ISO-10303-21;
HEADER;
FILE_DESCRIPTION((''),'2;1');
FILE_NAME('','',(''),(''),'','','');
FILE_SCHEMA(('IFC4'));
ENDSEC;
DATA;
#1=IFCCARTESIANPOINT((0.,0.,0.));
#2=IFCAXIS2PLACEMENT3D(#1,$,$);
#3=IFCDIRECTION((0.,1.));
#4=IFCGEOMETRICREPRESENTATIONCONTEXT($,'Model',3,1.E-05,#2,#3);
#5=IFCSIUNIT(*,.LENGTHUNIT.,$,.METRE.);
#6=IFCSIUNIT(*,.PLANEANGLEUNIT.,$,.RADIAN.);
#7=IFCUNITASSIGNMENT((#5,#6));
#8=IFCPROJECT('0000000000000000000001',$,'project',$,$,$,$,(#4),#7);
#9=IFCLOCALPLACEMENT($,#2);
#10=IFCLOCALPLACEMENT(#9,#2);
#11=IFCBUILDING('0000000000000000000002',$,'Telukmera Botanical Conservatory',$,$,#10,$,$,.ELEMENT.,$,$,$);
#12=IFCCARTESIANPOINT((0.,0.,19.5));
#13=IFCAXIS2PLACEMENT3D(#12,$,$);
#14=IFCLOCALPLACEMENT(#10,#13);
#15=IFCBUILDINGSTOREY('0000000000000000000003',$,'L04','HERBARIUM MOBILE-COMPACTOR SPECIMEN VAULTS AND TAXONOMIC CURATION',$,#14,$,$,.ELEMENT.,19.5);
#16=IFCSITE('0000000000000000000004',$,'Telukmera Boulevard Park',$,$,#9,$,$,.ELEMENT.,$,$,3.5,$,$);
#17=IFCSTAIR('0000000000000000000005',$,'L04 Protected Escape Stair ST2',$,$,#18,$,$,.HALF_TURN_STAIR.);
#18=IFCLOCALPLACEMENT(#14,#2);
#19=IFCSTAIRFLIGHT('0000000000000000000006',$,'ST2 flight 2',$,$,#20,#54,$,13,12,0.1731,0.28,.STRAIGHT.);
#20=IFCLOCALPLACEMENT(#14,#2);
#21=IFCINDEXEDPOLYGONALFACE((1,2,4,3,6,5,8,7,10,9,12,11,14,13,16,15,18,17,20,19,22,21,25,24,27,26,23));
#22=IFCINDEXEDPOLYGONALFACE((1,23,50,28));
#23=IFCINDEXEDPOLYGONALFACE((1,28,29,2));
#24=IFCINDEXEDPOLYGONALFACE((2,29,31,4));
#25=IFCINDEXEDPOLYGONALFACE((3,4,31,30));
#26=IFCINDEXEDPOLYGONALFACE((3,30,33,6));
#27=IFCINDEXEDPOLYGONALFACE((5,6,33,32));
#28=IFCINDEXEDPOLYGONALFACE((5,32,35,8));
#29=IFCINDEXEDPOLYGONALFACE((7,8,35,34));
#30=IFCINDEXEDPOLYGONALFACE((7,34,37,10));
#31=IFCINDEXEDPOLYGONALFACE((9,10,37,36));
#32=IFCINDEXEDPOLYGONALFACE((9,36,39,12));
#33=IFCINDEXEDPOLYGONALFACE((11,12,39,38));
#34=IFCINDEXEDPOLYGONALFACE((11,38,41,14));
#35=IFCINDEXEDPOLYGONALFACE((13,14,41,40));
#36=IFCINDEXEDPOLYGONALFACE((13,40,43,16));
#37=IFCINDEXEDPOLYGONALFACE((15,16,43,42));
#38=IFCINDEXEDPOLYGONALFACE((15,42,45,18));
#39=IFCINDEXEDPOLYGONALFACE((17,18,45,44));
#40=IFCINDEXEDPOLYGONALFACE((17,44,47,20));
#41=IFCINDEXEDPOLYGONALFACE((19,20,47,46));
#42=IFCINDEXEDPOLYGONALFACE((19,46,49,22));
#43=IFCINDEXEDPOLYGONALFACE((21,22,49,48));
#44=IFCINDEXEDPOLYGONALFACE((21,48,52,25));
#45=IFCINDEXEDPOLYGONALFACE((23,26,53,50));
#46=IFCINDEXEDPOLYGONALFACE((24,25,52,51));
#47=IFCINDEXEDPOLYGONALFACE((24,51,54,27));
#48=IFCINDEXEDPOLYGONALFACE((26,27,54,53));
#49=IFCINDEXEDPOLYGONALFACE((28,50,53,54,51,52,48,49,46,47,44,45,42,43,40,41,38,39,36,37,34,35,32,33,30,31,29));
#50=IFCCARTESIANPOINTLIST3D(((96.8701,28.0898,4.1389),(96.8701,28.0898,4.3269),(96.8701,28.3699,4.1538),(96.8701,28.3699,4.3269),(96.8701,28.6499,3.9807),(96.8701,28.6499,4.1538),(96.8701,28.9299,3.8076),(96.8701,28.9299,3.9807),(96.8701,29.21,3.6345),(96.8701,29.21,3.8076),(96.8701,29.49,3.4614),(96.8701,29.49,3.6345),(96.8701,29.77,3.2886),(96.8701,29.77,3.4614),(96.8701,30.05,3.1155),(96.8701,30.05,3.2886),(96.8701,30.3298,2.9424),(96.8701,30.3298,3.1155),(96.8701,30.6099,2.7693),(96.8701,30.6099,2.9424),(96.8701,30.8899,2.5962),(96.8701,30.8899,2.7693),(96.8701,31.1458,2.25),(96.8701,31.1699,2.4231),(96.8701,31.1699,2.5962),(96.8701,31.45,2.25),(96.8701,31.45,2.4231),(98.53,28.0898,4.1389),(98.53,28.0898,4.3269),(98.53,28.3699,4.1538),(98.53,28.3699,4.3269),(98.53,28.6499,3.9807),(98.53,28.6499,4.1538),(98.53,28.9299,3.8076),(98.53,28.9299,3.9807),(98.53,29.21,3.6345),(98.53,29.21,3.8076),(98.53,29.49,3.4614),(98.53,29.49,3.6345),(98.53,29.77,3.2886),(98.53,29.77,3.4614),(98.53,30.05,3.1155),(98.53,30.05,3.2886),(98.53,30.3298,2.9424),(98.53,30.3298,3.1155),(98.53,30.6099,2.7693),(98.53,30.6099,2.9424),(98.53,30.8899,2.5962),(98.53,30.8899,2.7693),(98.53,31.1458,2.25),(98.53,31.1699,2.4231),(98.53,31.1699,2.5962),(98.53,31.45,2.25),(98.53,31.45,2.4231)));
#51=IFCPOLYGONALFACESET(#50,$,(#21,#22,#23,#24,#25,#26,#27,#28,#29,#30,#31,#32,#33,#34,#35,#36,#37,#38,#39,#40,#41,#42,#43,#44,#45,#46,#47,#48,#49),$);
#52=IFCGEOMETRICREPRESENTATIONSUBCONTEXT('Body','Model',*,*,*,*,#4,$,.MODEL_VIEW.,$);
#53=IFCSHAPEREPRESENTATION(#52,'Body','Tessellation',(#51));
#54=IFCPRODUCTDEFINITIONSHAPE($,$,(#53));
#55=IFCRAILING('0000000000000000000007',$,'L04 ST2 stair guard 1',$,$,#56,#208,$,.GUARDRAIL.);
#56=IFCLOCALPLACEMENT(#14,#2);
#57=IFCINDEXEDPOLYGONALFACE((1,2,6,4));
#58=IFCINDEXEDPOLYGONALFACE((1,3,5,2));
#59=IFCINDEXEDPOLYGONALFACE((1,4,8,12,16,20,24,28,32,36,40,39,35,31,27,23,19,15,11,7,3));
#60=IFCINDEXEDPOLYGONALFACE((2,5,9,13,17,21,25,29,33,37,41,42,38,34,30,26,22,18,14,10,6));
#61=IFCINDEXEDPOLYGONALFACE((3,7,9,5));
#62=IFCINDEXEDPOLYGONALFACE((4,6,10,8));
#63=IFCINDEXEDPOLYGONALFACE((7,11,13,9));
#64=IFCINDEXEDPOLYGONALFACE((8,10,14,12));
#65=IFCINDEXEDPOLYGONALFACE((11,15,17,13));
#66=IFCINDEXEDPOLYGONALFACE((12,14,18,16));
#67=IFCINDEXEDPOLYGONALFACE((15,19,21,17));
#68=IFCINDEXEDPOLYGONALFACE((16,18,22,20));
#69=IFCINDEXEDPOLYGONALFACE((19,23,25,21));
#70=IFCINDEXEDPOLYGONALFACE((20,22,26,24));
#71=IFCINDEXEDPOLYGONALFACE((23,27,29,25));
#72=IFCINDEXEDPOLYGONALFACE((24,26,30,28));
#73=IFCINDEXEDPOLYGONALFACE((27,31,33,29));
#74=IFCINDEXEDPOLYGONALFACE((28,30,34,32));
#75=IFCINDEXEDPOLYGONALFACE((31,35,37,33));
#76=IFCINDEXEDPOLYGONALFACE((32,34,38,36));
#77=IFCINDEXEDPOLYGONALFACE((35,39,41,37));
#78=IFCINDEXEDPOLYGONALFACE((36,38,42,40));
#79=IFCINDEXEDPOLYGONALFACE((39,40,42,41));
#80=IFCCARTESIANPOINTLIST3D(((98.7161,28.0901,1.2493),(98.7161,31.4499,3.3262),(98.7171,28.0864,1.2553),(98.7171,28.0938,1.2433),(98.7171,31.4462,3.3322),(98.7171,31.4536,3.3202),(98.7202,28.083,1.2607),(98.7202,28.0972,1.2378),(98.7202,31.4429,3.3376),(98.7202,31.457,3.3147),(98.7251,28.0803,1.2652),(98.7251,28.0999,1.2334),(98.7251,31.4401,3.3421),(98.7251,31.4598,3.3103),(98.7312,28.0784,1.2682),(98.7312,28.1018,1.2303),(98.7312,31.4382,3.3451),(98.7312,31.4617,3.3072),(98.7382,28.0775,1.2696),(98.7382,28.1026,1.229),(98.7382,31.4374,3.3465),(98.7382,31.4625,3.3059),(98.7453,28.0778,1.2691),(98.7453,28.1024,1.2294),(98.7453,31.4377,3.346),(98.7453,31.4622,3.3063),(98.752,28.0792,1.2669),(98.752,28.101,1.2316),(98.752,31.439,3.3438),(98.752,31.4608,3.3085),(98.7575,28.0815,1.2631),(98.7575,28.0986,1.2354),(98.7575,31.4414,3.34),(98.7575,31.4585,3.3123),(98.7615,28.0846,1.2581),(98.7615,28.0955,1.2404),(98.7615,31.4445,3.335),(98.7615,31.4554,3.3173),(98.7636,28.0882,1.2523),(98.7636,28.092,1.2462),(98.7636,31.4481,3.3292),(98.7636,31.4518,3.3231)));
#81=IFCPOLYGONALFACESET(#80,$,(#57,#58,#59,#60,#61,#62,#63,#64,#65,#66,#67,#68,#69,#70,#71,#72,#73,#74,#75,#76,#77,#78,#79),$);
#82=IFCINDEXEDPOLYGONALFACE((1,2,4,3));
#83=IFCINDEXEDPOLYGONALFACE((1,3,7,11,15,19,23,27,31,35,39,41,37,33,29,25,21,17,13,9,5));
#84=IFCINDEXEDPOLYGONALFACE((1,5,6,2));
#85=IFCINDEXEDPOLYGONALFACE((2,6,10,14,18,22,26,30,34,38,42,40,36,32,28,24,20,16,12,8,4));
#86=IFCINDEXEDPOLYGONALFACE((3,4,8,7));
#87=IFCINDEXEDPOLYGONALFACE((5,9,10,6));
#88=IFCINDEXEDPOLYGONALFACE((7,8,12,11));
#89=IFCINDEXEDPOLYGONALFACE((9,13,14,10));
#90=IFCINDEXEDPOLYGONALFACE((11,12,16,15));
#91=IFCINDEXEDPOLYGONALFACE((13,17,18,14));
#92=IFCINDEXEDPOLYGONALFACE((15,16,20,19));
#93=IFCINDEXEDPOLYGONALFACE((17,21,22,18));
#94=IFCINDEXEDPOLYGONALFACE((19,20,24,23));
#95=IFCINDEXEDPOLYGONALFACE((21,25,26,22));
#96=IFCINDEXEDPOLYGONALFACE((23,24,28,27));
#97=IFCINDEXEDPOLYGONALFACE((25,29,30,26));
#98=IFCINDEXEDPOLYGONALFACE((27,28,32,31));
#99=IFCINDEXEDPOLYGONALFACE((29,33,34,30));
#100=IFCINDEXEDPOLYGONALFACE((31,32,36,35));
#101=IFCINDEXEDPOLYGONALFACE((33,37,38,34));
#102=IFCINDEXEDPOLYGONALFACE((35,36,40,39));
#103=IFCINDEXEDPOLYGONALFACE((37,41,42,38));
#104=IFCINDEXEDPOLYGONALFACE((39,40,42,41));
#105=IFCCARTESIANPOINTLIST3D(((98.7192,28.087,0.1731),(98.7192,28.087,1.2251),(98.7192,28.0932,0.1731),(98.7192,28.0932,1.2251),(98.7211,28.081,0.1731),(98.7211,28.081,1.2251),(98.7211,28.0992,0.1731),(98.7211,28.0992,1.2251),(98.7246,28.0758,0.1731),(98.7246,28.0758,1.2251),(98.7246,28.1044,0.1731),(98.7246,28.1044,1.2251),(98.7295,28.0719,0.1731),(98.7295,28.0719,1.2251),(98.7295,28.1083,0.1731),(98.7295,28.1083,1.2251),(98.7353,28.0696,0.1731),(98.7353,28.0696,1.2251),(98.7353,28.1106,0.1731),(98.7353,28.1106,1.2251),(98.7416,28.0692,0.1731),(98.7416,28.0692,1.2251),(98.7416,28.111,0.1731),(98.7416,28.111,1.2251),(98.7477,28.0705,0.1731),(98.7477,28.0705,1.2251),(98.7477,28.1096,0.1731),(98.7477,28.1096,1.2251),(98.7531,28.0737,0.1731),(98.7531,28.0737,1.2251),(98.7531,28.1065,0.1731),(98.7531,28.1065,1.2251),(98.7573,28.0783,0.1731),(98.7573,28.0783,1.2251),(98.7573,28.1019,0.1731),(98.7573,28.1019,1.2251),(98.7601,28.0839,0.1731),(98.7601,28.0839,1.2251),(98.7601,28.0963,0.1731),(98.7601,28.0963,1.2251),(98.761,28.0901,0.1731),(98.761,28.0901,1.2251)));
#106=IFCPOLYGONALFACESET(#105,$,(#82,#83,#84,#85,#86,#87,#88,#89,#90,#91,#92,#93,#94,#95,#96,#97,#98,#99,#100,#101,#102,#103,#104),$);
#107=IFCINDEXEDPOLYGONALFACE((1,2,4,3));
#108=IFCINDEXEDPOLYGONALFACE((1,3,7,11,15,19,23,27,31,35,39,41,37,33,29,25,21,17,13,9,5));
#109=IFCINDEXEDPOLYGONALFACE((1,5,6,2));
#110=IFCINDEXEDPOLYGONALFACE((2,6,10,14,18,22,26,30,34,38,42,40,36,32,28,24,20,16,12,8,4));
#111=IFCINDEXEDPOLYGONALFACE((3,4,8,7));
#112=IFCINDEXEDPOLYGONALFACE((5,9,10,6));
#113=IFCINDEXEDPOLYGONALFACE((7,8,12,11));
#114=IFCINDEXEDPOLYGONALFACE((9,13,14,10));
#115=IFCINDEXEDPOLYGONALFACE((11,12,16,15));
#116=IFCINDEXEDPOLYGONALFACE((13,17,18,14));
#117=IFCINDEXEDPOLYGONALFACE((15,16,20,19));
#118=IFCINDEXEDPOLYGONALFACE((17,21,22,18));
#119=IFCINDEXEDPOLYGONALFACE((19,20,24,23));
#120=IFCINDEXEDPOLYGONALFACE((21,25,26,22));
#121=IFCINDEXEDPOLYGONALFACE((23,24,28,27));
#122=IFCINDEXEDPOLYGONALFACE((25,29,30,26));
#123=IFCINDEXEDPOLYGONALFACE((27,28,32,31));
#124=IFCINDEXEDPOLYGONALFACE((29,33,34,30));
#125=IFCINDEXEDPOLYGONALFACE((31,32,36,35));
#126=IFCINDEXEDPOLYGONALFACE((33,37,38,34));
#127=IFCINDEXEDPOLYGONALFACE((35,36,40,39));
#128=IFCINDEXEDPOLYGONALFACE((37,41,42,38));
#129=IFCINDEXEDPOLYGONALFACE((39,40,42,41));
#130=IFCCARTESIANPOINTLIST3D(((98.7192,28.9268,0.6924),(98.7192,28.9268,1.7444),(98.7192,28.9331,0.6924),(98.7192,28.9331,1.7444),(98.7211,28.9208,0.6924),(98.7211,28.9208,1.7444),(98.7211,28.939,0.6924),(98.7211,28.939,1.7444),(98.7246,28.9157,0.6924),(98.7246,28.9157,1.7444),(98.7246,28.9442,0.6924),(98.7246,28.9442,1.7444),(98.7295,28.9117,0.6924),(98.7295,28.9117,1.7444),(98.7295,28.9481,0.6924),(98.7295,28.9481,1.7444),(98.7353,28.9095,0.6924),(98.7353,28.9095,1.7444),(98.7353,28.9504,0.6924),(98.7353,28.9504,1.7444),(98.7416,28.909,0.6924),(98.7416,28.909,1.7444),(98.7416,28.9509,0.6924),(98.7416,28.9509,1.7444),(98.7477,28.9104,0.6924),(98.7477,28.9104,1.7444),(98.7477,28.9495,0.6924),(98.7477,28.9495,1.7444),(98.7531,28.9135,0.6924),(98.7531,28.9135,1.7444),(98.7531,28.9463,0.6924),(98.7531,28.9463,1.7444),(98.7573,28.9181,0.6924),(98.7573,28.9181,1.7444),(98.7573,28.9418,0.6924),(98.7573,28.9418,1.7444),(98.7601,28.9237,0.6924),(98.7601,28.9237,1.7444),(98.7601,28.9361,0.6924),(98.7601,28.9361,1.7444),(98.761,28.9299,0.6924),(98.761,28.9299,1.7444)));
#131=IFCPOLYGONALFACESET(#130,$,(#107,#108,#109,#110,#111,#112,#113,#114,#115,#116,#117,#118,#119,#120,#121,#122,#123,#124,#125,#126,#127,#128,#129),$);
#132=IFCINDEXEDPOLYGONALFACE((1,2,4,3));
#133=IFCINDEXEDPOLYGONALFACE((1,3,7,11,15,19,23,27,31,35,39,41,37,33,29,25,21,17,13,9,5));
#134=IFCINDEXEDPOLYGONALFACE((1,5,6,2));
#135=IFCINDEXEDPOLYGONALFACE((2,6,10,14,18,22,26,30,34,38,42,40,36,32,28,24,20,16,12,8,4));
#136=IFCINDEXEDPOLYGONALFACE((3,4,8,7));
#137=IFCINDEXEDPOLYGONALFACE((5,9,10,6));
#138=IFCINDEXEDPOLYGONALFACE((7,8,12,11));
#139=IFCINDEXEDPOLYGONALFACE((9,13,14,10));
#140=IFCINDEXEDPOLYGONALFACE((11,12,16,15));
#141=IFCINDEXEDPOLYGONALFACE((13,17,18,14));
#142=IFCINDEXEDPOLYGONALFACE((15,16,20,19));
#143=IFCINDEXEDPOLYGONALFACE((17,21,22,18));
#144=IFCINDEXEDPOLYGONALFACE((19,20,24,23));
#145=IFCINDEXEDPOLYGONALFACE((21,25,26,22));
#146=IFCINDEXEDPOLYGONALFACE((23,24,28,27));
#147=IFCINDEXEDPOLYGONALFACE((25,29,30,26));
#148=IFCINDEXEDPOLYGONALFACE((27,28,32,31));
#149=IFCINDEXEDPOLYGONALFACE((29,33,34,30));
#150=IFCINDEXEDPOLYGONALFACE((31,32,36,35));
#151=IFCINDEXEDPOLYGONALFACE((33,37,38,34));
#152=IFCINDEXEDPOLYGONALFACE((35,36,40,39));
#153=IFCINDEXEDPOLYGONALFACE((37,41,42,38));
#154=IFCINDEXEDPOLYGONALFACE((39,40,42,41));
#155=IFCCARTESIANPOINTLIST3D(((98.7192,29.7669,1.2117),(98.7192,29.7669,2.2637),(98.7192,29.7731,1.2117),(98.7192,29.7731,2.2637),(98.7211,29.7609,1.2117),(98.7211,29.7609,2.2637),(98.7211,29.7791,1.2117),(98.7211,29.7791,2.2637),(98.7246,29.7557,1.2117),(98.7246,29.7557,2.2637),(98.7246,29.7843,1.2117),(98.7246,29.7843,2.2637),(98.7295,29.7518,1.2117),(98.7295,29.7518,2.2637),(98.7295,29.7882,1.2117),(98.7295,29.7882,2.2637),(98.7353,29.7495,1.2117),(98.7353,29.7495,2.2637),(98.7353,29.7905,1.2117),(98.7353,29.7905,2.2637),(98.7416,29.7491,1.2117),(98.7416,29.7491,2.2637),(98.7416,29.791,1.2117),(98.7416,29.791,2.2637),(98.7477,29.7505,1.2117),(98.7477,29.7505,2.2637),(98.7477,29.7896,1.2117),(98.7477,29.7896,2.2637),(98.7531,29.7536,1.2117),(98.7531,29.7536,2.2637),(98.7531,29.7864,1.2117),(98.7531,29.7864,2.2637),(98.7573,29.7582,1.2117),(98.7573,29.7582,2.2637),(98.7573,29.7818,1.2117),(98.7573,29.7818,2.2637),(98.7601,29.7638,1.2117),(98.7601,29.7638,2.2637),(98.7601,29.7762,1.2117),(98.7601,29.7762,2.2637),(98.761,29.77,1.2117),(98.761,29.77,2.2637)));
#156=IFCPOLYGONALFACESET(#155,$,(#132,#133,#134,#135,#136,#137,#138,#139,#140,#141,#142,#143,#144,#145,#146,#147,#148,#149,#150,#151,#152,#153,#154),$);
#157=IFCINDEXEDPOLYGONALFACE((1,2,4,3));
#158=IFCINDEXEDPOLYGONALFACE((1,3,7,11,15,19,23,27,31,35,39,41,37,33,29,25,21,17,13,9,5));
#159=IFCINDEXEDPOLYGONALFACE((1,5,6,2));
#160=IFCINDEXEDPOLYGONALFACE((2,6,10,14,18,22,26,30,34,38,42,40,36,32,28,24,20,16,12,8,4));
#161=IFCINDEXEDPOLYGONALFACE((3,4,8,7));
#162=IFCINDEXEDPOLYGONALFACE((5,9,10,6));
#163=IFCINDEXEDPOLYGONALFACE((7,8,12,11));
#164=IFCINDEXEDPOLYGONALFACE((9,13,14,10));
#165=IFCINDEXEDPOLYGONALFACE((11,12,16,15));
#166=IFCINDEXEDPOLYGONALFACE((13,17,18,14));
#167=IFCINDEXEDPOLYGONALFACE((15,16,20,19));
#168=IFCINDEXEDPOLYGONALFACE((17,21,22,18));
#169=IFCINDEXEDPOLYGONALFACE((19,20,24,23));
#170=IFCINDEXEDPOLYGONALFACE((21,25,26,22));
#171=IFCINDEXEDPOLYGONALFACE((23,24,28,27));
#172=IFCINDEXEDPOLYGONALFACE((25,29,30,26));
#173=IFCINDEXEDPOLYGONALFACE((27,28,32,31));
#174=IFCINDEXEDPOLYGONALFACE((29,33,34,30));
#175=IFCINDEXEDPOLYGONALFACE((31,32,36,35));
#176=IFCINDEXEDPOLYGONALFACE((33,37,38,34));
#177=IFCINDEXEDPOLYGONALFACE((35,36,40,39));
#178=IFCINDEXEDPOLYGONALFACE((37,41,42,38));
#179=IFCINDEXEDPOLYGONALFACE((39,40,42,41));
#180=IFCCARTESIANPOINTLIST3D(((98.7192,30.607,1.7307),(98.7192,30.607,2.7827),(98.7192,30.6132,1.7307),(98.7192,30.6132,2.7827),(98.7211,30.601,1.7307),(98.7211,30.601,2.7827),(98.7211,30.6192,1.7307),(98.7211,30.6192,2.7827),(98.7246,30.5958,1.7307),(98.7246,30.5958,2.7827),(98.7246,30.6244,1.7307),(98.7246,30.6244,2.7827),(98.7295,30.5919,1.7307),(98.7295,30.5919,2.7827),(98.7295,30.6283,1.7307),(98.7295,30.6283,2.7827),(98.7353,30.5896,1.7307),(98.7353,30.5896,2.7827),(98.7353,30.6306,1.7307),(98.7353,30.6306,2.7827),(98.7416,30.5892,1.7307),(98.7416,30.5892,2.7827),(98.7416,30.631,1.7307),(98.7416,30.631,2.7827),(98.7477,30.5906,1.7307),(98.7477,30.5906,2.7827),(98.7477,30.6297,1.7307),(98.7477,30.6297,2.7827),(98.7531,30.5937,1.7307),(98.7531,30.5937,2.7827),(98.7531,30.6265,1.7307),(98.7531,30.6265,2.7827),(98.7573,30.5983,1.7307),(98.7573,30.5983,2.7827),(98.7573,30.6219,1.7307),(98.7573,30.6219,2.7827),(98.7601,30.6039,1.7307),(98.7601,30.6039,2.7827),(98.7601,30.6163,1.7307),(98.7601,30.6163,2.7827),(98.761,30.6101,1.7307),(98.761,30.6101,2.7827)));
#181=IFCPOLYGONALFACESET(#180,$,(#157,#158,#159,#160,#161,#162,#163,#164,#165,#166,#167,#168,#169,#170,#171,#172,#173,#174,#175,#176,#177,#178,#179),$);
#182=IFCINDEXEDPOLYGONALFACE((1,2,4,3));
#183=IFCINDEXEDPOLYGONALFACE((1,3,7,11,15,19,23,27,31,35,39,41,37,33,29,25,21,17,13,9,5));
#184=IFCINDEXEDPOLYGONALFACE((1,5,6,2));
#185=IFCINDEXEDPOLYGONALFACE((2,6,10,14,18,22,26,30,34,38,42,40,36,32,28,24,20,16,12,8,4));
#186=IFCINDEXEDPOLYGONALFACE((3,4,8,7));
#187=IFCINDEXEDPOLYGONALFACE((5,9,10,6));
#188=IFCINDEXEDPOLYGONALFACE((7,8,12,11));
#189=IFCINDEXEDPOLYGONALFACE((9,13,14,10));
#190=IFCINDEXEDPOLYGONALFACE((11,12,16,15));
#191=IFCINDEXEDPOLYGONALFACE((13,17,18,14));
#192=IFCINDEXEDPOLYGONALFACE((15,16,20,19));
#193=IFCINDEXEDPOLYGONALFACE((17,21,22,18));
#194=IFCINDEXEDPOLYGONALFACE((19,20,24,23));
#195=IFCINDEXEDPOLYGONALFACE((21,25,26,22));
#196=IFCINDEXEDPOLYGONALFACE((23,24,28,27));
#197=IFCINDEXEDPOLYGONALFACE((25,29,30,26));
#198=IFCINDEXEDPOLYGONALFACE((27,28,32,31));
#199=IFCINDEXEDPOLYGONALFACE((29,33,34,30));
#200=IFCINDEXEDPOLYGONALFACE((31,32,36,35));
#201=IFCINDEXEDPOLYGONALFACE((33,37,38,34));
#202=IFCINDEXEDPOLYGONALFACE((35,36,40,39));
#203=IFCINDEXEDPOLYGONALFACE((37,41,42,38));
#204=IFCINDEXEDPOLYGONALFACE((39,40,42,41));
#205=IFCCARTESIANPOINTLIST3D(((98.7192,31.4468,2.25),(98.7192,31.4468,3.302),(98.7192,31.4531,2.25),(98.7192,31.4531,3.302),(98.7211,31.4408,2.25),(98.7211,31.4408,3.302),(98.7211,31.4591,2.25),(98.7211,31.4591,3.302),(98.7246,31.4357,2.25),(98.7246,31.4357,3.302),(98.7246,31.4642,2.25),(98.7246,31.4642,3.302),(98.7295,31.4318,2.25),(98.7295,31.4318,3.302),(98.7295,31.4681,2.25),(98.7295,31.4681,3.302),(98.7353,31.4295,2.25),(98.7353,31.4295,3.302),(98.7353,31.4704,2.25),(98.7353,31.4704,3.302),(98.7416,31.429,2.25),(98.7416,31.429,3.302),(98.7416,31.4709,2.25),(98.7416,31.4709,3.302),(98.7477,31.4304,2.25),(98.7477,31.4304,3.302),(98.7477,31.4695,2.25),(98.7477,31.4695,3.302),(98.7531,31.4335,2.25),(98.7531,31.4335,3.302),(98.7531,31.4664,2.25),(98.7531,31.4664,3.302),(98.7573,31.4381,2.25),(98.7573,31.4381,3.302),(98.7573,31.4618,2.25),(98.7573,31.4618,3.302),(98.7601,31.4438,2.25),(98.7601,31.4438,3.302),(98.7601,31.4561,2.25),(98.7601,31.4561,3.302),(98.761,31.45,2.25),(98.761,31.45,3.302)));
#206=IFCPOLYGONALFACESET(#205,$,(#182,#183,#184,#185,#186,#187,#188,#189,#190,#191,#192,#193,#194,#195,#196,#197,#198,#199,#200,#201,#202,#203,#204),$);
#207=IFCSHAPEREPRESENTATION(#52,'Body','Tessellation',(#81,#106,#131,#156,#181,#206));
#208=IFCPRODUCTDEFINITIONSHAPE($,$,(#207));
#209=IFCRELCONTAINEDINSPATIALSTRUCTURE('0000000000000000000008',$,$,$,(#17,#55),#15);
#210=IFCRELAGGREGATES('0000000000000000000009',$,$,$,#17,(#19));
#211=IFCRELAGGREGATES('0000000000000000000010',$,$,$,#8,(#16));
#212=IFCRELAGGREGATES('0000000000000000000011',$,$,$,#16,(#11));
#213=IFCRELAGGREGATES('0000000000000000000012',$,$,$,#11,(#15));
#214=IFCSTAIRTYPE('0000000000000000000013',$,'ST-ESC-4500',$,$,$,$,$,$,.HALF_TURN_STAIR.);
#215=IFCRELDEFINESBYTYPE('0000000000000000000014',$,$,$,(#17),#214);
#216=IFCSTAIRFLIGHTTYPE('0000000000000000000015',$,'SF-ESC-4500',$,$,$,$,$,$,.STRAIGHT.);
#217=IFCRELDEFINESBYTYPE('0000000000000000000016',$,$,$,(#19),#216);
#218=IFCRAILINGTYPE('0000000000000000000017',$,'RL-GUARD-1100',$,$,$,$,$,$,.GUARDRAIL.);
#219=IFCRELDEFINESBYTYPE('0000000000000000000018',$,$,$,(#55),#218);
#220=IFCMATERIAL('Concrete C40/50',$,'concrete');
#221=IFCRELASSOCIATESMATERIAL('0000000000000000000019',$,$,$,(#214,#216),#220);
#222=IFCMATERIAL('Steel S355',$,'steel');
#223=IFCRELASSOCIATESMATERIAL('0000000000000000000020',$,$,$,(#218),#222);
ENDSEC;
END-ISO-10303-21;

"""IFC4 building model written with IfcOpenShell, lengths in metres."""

from ifc_helpers import new_model, si_unit, direction, frame, origin, origin_2d, place, context, subcontext, project, spatial, polyline, circle, outline, extrude, material, type_object, element, aggregate, save


model = new_model("IFC4")

# Units and contexts
model_context = context("Model", 3, precision=1e-05, world=origin(), true_north=direction((0.0, 1.0)))
body_context = subcontext(model_context, "Body", "Model", "MODEL_VIEW")
ifc_project = project(units=[si_unit("LENGTHUNIT", "METRE"), si_unit("PLANEANGLEUNIT", "RADIAN")], contexts=[model_context])

# Site, building, storey
site_placement = place(None, origin())
site = spatial("IfcSite", under=ifc_project, at=site_placement, Name="Telukmera Boulevard Park", CompositionType="ELEMENT", RefElevation=3.5)
building_placement = place(site_placement, origin())
building = spatial("IfcBuilding", under=site, at=building_placement, Name="Telukmera Botanical Conservatory", CompositionType="ELEMENT")
storey_placement = place(building_placement, frame((0.0, 0.0, 19.5)))
storey = spatial("IfcBuildingStorey", under=building, at=storey_placement, Name="L04", Description="HERBARIUM MOBILE-COMPACTOR SPECIMEN VAULTS AND TAXONOMIC CURATION", CompositionType="ELEMENT", Elevation=19.5)

# Shared definitions
ifc_material_1 = material(Name="Concrete C40/50", Category="concrete")

# Stair, stair flight
stair_type = type_object("IfcStairType", Name="ST-ESC-4500", PredefinedType="HALF_TURN_STAIR", material=ifc_material_1)
stair_placement = place(storey_placement, origin())
stair = element("IfcStair", 1, at=stair_placement, inside=storey, type_object=stair_type, Name="L04 Protected Escape Stair ST2", PredefinedType="HALF_TURN_STAIR")
stair_flight_type = type_object("IfcStairFlightType", Name="SF-ESC-4500", PredefinedType="STRAIGHT", material=ifc_material_1)
stair_flight_1_placement = place(storey_placement, frame((97.7, 31.45, 2.25), z_axis=(0.0, 0.0, 1.0), x_axis=(0.0, -1.0, 0.0)))
stair_flight_1 = element("IfcStairFlight", 2, at=stair_flight_1_placement, type_object=stair_flight_type, Name="ST2 flight 2", NumberOfRisers=13, NumberOfTreads=12, PredefinedType="STRAIGHT", RiserHeight=0.1731, TreadLength=0.28, context=body_context, shape_type="SweptSolid", body=[
    extrude(outline(polyline([(0.0, 0.0), (0.0, 0.1731), (0.28, 0.1731), (0.28, 0.3462), (0.5601, 0.3462), (0.5601, 0.5193), (0.8401, 0.5193), (0.8401, 0.6924), (1.1201, 0.6924), (1.1201, 0.8655), (1.3999, 0.8655), (1.3999, 1.0386), (1.6799, 1.0386), (1.6799, 1.2114), (1.96, 1.2114), (1.96, 1.3845), (2.24, 1.3845), (2.24, 1.5576), (2.52, 1.5576), (2.52, 1.7307), (2.8, 1.7307), (2.8, 1.9038), (3.0801, 1.9038), (3.0801, 2.0769), (3.3601, 2.0769), (3.3601, 2.25), (3.3601, 1.8889), (0.3042, 0.0), (0.0, 0.0)])), frame((0.0, 0.8301, 0.0), z_axis=(0.0, -1.0, 0.0), x_axis=(1.0, 0.0, 0.0)), (0.0, 0.0, 1.0), 1.6599),
])
aggregate(stair, [stair_flight_1])

# Railing
ifc_material_2 = material(Name="Steel S355", Category="steel")
railing_type_1 = type_object("IfcRailingType", Name="RL-GUARD-1100", PredefinedType="GUARDRAIL", material=ifc_material_2)
railing_1_placement = place(storey_placement, frame((98.74, 28.0901, 0.1731)))
element("IfcRailing", 3, at=railing_1_placement, inside=storey, type_object=railing_type_1, Name="L04 ST2 stair guard 1", PredefinedType="GUARDRAIL", context=body_context, shape_type="SweptSolid", body=[
    extrude(circle(Radius=0.0239, at=origin_2d()), frame((0.0, 0.0, 1.0762), z_axis=(0.0, 0.850606, 0.525803), x_axis=(-1.0, 0.0, 0.0)), (0.0, 0.0, 1.0), 3.95),
    extrude(circle(Radius=0.021, at=origin_2d()), origin(), (0.0, 0.0, 1.0), 1.052),
    extrude(circle(Radius=0.021, at=origin_2d()), frame((0.0, 0.8398, 0.5193)), (0.0, 0.0, 1.0), 1.052),
    extrude(circle(Radius=0.021, at=origin_2d()), frame((0.0, 1.6799, 1.0386)), (0.0, 0.0, 1.0), 1.052),
    extrude(circle(Radius=0.021, at=origin_2d()), frame((0.0, 2.52, 1.5576)), (0.0, 0.0, 1.0), 1.052),
    extrude(circle(Radius=0.021, at=origin_2d()), frame((0.0, 3.3599, 2.0769)), (0.0, 0.0, 1.0), 1.052),
])

save(model, "model.ifc")
